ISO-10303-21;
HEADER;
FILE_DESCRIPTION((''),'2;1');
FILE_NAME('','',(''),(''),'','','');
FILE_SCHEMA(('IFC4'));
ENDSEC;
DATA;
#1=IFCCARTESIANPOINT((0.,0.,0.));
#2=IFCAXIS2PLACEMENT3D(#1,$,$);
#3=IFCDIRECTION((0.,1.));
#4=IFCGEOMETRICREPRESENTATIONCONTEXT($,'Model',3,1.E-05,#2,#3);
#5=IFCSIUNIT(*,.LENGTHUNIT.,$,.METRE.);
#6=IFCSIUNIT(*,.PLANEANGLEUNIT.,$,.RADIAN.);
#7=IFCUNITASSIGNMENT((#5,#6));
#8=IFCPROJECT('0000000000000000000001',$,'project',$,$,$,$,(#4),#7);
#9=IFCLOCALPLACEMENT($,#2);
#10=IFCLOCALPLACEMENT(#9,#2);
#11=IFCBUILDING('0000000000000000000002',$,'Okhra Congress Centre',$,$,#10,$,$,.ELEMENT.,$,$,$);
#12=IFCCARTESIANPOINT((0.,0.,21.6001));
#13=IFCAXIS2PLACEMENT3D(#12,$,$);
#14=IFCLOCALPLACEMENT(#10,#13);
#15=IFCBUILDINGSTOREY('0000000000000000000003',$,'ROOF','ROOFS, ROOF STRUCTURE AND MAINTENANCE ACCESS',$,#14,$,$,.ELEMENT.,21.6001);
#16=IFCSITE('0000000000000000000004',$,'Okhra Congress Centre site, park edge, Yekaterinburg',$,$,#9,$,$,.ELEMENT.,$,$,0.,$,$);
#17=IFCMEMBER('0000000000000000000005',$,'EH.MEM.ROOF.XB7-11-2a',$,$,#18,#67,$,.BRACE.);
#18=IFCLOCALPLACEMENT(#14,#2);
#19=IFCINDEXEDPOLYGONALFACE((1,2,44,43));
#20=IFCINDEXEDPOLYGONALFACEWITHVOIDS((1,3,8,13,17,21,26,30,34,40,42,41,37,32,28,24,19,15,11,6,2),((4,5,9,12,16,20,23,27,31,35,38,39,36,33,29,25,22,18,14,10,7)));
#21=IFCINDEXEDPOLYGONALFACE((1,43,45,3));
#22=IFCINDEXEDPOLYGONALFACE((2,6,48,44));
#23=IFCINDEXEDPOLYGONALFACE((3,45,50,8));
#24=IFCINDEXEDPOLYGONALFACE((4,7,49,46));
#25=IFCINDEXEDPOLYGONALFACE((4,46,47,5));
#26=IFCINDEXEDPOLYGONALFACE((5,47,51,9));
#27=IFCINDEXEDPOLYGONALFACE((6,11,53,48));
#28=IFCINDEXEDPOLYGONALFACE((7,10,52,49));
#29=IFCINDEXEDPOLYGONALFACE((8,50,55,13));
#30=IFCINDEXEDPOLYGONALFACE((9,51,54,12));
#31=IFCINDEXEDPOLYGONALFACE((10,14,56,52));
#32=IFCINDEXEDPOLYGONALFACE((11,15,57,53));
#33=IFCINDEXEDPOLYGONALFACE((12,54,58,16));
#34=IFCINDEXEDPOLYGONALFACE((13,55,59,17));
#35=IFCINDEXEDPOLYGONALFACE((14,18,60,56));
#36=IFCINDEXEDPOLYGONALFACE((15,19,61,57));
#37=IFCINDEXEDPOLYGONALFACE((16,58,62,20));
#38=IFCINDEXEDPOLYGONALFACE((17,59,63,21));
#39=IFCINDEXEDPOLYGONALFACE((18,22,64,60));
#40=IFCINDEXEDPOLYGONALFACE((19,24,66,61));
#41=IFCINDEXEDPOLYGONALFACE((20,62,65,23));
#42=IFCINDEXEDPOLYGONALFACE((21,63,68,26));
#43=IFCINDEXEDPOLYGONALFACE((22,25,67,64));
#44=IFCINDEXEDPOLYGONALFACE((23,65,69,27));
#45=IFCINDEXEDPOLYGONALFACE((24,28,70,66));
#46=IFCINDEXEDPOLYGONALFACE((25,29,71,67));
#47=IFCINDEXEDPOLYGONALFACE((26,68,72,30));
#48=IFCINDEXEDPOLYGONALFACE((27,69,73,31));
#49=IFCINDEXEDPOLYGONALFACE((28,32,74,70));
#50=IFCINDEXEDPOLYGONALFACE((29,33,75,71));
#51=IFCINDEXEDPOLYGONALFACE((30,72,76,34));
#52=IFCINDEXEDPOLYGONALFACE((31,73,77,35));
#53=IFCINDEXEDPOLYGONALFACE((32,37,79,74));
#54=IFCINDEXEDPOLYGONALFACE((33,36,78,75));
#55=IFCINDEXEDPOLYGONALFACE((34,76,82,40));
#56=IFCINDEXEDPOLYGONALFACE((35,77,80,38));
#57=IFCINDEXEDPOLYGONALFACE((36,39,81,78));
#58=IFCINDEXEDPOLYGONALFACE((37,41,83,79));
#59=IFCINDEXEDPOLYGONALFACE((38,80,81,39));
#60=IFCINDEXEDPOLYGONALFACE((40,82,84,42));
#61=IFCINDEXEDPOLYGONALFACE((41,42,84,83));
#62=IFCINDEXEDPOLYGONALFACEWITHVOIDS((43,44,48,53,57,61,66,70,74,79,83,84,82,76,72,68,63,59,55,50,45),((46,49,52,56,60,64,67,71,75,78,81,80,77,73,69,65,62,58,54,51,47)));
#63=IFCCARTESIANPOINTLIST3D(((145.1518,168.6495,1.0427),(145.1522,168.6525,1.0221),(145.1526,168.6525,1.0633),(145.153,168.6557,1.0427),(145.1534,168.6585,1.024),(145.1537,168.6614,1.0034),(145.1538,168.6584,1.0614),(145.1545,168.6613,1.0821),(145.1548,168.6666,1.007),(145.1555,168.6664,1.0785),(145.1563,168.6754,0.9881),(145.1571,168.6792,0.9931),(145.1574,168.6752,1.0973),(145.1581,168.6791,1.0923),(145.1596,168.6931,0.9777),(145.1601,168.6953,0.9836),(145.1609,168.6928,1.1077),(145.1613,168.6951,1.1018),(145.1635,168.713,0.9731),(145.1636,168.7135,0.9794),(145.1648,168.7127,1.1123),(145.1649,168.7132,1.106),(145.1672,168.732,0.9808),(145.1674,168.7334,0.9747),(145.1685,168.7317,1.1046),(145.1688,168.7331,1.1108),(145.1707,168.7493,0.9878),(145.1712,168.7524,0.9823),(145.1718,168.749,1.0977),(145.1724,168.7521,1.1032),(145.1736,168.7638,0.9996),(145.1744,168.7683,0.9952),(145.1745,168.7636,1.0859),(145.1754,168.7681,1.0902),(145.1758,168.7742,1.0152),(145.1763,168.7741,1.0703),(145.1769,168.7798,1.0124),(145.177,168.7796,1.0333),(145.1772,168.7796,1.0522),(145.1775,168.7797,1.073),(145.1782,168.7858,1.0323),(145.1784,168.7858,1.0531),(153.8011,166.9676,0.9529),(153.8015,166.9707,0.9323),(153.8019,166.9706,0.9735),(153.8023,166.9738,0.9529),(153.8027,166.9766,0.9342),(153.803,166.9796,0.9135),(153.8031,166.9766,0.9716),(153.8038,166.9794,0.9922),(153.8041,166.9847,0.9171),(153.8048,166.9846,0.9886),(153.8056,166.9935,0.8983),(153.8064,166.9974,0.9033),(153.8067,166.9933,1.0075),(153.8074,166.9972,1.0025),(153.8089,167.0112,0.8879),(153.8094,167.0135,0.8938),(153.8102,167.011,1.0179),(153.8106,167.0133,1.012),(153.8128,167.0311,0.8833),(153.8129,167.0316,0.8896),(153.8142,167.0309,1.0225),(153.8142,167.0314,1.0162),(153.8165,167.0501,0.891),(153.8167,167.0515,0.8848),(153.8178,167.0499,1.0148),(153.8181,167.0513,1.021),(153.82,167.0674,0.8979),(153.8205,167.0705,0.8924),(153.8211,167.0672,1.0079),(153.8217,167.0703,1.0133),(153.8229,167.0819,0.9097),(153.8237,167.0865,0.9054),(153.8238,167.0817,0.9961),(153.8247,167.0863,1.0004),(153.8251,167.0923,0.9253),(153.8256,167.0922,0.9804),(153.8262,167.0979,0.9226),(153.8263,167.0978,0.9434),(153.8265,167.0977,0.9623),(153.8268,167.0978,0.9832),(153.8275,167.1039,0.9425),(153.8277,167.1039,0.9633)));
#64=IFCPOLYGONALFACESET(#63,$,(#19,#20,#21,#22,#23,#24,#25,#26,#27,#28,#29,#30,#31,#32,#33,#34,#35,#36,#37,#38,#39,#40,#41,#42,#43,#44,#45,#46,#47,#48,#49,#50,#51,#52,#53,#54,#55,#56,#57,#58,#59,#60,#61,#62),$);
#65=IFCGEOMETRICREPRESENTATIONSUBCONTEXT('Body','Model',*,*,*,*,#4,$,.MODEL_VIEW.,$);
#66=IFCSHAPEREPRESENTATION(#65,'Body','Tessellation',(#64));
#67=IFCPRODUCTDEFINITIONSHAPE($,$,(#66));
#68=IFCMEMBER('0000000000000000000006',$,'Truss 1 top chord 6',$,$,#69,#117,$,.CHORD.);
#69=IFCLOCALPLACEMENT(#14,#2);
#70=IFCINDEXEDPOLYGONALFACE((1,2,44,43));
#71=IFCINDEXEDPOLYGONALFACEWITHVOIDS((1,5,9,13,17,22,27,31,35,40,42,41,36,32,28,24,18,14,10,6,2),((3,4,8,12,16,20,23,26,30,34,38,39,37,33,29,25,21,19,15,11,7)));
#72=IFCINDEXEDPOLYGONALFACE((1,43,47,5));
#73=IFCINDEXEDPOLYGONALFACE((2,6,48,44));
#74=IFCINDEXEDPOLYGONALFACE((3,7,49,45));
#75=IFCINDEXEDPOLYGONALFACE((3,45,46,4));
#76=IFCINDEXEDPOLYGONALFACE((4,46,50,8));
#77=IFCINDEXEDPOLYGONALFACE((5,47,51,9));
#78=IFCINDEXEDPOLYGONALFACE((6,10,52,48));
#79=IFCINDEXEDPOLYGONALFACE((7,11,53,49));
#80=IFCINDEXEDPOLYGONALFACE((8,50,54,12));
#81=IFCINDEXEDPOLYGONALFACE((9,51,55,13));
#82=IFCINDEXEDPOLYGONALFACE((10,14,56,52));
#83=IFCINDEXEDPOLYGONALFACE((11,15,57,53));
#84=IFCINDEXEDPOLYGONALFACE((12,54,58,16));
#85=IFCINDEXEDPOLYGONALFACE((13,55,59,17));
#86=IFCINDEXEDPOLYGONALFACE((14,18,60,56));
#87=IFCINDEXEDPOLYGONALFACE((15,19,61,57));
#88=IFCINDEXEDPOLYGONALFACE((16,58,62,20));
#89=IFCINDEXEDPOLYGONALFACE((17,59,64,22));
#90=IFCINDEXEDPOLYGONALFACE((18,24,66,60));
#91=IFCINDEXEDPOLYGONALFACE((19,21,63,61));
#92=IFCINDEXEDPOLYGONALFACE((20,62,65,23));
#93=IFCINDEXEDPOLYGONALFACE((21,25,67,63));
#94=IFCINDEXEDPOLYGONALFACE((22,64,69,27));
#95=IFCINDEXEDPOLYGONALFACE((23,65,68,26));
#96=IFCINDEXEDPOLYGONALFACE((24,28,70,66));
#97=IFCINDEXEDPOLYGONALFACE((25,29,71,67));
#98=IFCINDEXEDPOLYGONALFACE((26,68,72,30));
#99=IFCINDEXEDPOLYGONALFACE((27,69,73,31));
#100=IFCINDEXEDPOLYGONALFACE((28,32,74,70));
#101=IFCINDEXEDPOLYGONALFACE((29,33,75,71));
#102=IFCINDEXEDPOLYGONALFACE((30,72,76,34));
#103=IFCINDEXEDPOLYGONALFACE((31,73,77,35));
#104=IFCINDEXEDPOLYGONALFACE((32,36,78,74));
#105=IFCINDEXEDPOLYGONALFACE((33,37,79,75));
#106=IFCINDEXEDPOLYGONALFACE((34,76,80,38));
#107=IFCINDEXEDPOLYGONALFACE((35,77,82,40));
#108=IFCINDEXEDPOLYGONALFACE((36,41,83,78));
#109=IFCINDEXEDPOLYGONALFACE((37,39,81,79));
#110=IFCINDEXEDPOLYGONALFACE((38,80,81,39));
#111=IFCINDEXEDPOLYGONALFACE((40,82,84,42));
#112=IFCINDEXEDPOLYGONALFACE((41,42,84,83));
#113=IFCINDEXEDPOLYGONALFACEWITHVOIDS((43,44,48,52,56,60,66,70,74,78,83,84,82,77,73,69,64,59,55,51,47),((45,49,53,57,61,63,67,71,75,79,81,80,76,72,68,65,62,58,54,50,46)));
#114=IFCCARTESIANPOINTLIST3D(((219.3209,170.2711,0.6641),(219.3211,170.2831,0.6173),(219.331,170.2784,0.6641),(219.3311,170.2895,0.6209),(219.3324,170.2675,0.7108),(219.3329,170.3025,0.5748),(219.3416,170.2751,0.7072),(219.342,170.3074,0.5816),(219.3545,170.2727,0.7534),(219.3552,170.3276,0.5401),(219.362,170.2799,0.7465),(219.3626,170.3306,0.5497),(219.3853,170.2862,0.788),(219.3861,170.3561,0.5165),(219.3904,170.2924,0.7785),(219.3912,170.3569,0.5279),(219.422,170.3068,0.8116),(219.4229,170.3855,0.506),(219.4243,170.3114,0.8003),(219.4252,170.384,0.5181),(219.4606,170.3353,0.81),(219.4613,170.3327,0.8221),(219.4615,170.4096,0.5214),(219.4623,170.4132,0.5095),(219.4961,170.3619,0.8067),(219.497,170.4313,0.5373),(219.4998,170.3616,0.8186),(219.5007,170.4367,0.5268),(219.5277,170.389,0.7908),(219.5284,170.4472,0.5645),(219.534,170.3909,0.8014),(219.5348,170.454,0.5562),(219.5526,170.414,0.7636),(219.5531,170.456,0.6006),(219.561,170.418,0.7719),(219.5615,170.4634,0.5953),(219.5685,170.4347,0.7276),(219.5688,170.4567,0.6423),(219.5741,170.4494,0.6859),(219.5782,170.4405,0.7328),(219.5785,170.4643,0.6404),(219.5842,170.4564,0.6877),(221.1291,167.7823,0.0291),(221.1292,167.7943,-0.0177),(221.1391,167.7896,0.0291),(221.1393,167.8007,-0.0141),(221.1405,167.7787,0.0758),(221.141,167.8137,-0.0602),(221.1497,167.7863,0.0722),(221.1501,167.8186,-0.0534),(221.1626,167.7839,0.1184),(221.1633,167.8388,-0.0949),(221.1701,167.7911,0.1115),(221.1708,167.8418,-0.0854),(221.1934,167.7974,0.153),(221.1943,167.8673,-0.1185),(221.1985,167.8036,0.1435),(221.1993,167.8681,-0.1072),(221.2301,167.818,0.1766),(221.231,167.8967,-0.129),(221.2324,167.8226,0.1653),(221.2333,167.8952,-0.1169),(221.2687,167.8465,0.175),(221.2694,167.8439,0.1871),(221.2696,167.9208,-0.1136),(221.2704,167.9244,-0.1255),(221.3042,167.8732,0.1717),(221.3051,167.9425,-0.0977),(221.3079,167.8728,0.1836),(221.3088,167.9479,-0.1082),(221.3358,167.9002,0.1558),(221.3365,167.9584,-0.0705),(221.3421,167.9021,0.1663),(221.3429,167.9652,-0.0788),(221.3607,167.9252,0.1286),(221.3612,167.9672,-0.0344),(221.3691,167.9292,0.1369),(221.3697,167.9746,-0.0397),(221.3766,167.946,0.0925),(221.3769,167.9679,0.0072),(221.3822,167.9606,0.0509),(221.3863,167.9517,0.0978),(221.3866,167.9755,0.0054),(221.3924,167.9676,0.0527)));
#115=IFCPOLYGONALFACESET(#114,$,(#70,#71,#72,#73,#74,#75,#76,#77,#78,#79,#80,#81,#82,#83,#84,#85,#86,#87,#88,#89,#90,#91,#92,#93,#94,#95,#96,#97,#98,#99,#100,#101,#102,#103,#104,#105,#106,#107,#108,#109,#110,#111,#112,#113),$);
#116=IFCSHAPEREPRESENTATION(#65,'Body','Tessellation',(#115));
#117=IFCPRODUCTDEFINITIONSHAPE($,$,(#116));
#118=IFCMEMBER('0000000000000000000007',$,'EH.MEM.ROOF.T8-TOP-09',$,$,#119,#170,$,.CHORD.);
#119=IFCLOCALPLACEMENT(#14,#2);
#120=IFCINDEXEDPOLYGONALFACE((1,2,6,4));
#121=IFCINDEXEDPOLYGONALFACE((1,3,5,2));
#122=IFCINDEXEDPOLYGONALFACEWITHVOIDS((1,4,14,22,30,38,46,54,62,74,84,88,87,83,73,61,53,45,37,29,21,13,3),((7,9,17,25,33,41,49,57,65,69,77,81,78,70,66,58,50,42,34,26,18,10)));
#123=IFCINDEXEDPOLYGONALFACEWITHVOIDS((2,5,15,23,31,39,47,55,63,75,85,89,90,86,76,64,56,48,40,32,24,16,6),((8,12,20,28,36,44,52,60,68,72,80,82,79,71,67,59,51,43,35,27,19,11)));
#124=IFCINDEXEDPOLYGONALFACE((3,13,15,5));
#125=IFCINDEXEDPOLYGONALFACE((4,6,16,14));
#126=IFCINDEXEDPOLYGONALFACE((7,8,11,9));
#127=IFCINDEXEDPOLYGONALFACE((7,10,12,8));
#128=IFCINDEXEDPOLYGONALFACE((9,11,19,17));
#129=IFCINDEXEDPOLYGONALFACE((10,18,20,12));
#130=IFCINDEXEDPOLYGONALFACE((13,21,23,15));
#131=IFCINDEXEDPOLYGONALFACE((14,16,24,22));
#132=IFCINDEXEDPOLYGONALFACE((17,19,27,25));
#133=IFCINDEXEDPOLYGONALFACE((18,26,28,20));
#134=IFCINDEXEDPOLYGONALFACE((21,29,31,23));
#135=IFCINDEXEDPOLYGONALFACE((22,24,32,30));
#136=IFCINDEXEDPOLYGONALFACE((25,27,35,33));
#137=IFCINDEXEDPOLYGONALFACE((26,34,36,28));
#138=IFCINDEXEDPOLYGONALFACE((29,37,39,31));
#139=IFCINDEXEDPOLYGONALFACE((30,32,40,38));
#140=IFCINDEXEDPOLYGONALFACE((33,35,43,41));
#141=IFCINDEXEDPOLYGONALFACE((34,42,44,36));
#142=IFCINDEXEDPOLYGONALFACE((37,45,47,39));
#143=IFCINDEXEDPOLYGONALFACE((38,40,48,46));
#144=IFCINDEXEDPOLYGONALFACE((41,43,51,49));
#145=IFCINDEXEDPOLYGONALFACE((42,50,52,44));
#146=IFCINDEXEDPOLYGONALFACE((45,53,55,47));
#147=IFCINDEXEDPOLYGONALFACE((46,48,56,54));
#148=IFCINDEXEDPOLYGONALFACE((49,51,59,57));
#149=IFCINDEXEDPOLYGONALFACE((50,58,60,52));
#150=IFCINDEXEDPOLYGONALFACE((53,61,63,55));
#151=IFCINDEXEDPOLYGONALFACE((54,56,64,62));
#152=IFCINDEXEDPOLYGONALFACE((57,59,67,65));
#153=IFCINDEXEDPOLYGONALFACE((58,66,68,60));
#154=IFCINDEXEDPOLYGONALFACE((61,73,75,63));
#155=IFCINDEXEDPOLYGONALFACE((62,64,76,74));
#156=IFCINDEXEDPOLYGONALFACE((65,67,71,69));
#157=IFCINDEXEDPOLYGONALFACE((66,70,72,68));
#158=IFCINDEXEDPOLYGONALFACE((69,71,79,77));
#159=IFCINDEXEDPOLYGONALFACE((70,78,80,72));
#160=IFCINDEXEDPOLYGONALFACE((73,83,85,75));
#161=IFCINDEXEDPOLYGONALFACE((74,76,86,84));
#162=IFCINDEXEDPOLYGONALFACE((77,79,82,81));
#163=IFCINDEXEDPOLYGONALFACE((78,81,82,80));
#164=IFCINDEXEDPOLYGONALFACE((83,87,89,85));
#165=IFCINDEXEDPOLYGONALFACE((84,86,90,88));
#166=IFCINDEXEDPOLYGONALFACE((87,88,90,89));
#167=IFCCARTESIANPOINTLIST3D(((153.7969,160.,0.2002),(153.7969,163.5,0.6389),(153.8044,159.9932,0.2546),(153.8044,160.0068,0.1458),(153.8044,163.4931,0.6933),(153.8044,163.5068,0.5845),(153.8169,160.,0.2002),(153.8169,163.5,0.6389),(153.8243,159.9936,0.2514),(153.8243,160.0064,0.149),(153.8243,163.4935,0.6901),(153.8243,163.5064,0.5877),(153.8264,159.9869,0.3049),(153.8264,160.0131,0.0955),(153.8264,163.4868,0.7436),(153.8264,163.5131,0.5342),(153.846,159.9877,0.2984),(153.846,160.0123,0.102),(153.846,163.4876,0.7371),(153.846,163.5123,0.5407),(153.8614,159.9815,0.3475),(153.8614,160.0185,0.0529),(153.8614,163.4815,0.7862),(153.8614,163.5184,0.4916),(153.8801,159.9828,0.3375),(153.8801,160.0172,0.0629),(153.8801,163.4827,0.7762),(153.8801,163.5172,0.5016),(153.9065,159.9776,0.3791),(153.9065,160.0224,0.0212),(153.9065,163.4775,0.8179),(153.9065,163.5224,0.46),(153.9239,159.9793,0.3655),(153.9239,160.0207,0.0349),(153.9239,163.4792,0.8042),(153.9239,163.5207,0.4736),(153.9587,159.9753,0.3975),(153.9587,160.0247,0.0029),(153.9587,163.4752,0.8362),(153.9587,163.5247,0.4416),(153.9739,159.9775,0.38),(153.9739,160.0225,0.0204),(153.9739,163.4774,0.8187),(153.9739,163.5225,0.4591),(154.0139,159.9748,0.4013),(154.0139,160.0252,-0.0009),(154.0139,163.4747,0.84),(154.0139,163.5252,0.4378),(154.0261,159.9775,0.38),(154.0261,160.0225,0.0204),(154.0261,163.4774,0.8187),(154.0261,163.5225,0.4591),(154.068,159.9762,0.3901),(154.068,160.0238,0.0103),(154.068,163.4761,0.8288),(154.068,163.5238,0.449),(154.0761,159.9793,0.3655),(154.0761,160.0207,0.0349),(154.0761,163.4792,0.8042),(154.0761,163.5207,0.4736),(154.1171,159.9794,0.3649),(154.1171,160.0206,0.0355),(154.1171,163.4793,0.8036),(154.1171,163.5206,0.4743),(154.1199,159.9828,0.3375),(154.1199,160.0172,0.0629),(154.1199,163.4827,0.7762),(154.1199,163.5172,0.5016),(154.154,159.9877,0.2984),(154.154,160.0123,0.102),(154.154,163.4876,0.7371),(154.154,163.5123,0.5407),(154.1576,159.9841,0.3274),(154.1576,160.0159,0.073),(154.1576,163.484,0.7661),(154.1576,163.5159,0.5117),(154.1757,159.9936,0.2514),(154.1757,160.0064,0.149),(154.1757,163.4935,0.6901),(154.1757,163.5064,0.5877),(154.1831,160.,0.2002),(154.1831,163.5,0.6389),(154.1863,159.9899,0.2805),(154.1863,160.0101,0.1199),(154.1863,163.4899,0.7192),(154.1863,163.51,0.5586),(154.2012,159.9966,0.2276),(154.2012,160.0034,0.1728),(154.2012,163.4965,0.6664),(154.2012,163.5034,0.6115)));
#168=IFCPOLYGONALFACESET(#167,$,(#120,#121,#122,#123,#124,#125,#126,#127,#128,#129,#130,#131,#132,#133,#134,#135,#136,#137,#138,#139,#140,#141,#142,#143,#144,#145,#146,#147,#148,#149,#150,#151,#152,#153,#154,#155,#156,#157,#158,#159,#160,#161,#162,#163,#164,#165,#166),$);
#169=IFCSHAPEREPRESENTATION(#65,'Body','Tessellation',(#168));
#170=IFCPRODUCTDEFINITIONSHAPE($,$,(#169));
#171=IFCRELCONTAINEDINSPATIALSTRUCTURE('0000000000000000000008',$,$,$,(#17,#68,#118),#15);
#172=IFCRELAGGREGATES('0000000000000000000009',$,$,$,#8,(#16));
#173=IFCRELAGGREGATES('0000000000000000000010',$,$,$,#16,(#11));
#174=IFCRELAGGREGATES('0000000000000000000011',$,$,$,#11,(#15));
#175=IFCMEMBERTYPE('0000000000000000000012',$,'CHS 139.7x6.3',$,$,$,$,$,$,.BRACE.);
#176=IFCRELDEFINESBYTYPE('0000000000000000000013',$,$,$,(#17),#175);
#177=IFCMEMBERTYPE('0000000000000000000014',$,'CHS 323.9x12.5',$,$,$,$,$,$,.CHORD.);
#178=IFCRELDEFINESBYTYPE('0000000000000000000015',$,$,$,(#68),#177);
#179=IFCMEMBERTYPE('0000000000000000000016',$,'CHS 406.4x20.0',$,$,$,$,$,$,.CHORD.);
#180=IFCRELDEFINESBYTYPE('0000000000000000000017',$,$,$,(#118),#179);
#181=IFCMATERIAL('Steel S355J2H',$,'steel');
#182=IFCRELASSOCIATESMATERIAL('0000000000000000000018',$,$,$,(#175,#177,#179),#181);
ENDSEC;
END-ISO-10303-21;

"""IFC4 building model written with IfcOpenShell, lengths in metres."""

from ifc_helpers import new_model, si_unit, direction, frame, origin, origin_2d, place, context, subcontext, project, spatial, hollow_circle, extrude, material, material_profile, profile_set, type_object, element, save


model = new_model("IFC4")

# Units and contexts
model_context = context("Model", 3, precision=1e-05, world=origin(), true_north=direction((0.0, 1.0)))
body_context = subcontext(model_context, "Body", "Model", "MODEL_VIEW")
ifc_project = project(units=[si_unit("LENGTHUNIT", "METRE"), si_unit("PLANEANGLEUNIT", "RADIAN")], contexts=[model_context])

# Site, building, storey
site_placement = place(None, origin())
site = spatial("IfcSite", under=ifc_project, at=site_placement, Name="Okhra Congress Centre site, park edge, Yekaterinburg", CompositionType="ELEMENT", RefElevation=0.0)
building_placement = place(site_placement, origin())
building = spatial("IfcBuilding", under=site, at=building_placement, Name="Okhra Congress Centre", CompositionType="ELEMENT")
storey_placement = place(building_placement, frame((0.0, 0.0, 21.6001)))
storey = spatial("IfcBuildingStorey", under=building, at=storey_placement, Name="ROOF", Description="ROOFS, ROOF STRUCTURE AND MAINTENANCE ACCESS", CompositionType="ELEMENT", Elevation=21.6001)

# Members
ifc_material_1 = material(Name="Steel S355J2H", Category="steel")
ifc_material_profile_1 = material_profile(ifc_material_1, hollow_circle(Radius=0.0698, WallThickness=0.0063, at=origin_2d()), Name="CHS 139.7x6.3")
ifc_profile_set_1 = profile_set([ifc_material_profile_1], Name="Steel S355J2H")
member_type_1 = type_object("IfcMemberType", Name="CHS 139.7x6.3", PredefinedType="BRACE", material=ifc_profile_set_1)
member_1_placement = place(storey_placement, frame((153.8145, 167.0361, 0.9529), z_axis=(-0.981563, 0.190866, 0.010196), x_axis=(-0.190876, -0.981614, 0.0)))
element("IfcMember", 1, at=member_1_placement, inside=storey, type_object=member_type_1, Name="EH.MEM.ROOF.XB7-11-2a", PredefinedType="BRACE", context=body_context, shape_type="SweptSolid", body=[
    extrude(hollow_circle(Radius=0.0698, WallThickness=0.0063, at=origin_2d()), origin(), (0.0, 0.0, 1.0), 8.8118),
])
ifc_material_profile_2 = material_profile(ifc_material_1, hollow_circle(Radius=0.1619, WallThickness=0.0125, at=origin_2d()), Name="CHS 323.9x12.5")
ifc_profile_set_2 = profile_set([ifc_material_profile_2], Name="Steel S355J2H")
member_type_2 = type_object("IfcMemberType", Name="CHS 323.9x12.5", PredefinedType="CHORD", material=ifc_profile_set_2)
member_2_placement = place(storey_placement, frame((221.26, 167.8774, 0.0291), z_axis=(-0.57563, 0.792326, 0.202162), x_axis=(-0.809031, -0.587766, 0.0)))
element("IfcMember", 2, at=member_2_placement, inside=storey, type_object=member_type_2, Name="Truss 1 top chord 6", PredefinedType="CHORD", context=body_context, shape_type="SweptSolid", body=[
    extrude(hollow_circle(Radius=0.1619, WallThickness=0.0125, at=origin_2d()), origin(), (0.0, 0.0, 1.0), 3.1411),
])
ifc_material_profile_3 = material_profile(ifc_material_1, hollow_circle(Radius=0.2031, WallThickness=0.02, at=origin_2d()), Name="CHS 406.4x20.0")
ifc_profile_set_3 = profile_set([ifc_material_profile_3], Name="Steel S355J2H")
member_type_3 = type_object("IfcMemberType", Name="CHS 406.4x20.0", PredefinedType="CHORD", material=ifc_profile_set_3)
member_3_placement = place(storey_placement, frame((154.0, 160.0, 0.2002), z_axis=(0.0, 0.992235, 0.124375), x_axis=(-1.0, 0.0, 0.0)))
element("IfcMember", 3, at=member_3_placement, inside=storey, type_object=member_type_3, Name="EH.MEM.ROOF.T8-TOP-09", PredefinedType="CHORD", context=body_context, shape_type="SweptSolid", body=[
    extrude(hollow_circle(Radius=0.2031, WallThickness=0.02, at=origin_2d()), origin(), (0.0, 0.0, 1.0), 3.5273),
])

save(model, "model.ifc")
